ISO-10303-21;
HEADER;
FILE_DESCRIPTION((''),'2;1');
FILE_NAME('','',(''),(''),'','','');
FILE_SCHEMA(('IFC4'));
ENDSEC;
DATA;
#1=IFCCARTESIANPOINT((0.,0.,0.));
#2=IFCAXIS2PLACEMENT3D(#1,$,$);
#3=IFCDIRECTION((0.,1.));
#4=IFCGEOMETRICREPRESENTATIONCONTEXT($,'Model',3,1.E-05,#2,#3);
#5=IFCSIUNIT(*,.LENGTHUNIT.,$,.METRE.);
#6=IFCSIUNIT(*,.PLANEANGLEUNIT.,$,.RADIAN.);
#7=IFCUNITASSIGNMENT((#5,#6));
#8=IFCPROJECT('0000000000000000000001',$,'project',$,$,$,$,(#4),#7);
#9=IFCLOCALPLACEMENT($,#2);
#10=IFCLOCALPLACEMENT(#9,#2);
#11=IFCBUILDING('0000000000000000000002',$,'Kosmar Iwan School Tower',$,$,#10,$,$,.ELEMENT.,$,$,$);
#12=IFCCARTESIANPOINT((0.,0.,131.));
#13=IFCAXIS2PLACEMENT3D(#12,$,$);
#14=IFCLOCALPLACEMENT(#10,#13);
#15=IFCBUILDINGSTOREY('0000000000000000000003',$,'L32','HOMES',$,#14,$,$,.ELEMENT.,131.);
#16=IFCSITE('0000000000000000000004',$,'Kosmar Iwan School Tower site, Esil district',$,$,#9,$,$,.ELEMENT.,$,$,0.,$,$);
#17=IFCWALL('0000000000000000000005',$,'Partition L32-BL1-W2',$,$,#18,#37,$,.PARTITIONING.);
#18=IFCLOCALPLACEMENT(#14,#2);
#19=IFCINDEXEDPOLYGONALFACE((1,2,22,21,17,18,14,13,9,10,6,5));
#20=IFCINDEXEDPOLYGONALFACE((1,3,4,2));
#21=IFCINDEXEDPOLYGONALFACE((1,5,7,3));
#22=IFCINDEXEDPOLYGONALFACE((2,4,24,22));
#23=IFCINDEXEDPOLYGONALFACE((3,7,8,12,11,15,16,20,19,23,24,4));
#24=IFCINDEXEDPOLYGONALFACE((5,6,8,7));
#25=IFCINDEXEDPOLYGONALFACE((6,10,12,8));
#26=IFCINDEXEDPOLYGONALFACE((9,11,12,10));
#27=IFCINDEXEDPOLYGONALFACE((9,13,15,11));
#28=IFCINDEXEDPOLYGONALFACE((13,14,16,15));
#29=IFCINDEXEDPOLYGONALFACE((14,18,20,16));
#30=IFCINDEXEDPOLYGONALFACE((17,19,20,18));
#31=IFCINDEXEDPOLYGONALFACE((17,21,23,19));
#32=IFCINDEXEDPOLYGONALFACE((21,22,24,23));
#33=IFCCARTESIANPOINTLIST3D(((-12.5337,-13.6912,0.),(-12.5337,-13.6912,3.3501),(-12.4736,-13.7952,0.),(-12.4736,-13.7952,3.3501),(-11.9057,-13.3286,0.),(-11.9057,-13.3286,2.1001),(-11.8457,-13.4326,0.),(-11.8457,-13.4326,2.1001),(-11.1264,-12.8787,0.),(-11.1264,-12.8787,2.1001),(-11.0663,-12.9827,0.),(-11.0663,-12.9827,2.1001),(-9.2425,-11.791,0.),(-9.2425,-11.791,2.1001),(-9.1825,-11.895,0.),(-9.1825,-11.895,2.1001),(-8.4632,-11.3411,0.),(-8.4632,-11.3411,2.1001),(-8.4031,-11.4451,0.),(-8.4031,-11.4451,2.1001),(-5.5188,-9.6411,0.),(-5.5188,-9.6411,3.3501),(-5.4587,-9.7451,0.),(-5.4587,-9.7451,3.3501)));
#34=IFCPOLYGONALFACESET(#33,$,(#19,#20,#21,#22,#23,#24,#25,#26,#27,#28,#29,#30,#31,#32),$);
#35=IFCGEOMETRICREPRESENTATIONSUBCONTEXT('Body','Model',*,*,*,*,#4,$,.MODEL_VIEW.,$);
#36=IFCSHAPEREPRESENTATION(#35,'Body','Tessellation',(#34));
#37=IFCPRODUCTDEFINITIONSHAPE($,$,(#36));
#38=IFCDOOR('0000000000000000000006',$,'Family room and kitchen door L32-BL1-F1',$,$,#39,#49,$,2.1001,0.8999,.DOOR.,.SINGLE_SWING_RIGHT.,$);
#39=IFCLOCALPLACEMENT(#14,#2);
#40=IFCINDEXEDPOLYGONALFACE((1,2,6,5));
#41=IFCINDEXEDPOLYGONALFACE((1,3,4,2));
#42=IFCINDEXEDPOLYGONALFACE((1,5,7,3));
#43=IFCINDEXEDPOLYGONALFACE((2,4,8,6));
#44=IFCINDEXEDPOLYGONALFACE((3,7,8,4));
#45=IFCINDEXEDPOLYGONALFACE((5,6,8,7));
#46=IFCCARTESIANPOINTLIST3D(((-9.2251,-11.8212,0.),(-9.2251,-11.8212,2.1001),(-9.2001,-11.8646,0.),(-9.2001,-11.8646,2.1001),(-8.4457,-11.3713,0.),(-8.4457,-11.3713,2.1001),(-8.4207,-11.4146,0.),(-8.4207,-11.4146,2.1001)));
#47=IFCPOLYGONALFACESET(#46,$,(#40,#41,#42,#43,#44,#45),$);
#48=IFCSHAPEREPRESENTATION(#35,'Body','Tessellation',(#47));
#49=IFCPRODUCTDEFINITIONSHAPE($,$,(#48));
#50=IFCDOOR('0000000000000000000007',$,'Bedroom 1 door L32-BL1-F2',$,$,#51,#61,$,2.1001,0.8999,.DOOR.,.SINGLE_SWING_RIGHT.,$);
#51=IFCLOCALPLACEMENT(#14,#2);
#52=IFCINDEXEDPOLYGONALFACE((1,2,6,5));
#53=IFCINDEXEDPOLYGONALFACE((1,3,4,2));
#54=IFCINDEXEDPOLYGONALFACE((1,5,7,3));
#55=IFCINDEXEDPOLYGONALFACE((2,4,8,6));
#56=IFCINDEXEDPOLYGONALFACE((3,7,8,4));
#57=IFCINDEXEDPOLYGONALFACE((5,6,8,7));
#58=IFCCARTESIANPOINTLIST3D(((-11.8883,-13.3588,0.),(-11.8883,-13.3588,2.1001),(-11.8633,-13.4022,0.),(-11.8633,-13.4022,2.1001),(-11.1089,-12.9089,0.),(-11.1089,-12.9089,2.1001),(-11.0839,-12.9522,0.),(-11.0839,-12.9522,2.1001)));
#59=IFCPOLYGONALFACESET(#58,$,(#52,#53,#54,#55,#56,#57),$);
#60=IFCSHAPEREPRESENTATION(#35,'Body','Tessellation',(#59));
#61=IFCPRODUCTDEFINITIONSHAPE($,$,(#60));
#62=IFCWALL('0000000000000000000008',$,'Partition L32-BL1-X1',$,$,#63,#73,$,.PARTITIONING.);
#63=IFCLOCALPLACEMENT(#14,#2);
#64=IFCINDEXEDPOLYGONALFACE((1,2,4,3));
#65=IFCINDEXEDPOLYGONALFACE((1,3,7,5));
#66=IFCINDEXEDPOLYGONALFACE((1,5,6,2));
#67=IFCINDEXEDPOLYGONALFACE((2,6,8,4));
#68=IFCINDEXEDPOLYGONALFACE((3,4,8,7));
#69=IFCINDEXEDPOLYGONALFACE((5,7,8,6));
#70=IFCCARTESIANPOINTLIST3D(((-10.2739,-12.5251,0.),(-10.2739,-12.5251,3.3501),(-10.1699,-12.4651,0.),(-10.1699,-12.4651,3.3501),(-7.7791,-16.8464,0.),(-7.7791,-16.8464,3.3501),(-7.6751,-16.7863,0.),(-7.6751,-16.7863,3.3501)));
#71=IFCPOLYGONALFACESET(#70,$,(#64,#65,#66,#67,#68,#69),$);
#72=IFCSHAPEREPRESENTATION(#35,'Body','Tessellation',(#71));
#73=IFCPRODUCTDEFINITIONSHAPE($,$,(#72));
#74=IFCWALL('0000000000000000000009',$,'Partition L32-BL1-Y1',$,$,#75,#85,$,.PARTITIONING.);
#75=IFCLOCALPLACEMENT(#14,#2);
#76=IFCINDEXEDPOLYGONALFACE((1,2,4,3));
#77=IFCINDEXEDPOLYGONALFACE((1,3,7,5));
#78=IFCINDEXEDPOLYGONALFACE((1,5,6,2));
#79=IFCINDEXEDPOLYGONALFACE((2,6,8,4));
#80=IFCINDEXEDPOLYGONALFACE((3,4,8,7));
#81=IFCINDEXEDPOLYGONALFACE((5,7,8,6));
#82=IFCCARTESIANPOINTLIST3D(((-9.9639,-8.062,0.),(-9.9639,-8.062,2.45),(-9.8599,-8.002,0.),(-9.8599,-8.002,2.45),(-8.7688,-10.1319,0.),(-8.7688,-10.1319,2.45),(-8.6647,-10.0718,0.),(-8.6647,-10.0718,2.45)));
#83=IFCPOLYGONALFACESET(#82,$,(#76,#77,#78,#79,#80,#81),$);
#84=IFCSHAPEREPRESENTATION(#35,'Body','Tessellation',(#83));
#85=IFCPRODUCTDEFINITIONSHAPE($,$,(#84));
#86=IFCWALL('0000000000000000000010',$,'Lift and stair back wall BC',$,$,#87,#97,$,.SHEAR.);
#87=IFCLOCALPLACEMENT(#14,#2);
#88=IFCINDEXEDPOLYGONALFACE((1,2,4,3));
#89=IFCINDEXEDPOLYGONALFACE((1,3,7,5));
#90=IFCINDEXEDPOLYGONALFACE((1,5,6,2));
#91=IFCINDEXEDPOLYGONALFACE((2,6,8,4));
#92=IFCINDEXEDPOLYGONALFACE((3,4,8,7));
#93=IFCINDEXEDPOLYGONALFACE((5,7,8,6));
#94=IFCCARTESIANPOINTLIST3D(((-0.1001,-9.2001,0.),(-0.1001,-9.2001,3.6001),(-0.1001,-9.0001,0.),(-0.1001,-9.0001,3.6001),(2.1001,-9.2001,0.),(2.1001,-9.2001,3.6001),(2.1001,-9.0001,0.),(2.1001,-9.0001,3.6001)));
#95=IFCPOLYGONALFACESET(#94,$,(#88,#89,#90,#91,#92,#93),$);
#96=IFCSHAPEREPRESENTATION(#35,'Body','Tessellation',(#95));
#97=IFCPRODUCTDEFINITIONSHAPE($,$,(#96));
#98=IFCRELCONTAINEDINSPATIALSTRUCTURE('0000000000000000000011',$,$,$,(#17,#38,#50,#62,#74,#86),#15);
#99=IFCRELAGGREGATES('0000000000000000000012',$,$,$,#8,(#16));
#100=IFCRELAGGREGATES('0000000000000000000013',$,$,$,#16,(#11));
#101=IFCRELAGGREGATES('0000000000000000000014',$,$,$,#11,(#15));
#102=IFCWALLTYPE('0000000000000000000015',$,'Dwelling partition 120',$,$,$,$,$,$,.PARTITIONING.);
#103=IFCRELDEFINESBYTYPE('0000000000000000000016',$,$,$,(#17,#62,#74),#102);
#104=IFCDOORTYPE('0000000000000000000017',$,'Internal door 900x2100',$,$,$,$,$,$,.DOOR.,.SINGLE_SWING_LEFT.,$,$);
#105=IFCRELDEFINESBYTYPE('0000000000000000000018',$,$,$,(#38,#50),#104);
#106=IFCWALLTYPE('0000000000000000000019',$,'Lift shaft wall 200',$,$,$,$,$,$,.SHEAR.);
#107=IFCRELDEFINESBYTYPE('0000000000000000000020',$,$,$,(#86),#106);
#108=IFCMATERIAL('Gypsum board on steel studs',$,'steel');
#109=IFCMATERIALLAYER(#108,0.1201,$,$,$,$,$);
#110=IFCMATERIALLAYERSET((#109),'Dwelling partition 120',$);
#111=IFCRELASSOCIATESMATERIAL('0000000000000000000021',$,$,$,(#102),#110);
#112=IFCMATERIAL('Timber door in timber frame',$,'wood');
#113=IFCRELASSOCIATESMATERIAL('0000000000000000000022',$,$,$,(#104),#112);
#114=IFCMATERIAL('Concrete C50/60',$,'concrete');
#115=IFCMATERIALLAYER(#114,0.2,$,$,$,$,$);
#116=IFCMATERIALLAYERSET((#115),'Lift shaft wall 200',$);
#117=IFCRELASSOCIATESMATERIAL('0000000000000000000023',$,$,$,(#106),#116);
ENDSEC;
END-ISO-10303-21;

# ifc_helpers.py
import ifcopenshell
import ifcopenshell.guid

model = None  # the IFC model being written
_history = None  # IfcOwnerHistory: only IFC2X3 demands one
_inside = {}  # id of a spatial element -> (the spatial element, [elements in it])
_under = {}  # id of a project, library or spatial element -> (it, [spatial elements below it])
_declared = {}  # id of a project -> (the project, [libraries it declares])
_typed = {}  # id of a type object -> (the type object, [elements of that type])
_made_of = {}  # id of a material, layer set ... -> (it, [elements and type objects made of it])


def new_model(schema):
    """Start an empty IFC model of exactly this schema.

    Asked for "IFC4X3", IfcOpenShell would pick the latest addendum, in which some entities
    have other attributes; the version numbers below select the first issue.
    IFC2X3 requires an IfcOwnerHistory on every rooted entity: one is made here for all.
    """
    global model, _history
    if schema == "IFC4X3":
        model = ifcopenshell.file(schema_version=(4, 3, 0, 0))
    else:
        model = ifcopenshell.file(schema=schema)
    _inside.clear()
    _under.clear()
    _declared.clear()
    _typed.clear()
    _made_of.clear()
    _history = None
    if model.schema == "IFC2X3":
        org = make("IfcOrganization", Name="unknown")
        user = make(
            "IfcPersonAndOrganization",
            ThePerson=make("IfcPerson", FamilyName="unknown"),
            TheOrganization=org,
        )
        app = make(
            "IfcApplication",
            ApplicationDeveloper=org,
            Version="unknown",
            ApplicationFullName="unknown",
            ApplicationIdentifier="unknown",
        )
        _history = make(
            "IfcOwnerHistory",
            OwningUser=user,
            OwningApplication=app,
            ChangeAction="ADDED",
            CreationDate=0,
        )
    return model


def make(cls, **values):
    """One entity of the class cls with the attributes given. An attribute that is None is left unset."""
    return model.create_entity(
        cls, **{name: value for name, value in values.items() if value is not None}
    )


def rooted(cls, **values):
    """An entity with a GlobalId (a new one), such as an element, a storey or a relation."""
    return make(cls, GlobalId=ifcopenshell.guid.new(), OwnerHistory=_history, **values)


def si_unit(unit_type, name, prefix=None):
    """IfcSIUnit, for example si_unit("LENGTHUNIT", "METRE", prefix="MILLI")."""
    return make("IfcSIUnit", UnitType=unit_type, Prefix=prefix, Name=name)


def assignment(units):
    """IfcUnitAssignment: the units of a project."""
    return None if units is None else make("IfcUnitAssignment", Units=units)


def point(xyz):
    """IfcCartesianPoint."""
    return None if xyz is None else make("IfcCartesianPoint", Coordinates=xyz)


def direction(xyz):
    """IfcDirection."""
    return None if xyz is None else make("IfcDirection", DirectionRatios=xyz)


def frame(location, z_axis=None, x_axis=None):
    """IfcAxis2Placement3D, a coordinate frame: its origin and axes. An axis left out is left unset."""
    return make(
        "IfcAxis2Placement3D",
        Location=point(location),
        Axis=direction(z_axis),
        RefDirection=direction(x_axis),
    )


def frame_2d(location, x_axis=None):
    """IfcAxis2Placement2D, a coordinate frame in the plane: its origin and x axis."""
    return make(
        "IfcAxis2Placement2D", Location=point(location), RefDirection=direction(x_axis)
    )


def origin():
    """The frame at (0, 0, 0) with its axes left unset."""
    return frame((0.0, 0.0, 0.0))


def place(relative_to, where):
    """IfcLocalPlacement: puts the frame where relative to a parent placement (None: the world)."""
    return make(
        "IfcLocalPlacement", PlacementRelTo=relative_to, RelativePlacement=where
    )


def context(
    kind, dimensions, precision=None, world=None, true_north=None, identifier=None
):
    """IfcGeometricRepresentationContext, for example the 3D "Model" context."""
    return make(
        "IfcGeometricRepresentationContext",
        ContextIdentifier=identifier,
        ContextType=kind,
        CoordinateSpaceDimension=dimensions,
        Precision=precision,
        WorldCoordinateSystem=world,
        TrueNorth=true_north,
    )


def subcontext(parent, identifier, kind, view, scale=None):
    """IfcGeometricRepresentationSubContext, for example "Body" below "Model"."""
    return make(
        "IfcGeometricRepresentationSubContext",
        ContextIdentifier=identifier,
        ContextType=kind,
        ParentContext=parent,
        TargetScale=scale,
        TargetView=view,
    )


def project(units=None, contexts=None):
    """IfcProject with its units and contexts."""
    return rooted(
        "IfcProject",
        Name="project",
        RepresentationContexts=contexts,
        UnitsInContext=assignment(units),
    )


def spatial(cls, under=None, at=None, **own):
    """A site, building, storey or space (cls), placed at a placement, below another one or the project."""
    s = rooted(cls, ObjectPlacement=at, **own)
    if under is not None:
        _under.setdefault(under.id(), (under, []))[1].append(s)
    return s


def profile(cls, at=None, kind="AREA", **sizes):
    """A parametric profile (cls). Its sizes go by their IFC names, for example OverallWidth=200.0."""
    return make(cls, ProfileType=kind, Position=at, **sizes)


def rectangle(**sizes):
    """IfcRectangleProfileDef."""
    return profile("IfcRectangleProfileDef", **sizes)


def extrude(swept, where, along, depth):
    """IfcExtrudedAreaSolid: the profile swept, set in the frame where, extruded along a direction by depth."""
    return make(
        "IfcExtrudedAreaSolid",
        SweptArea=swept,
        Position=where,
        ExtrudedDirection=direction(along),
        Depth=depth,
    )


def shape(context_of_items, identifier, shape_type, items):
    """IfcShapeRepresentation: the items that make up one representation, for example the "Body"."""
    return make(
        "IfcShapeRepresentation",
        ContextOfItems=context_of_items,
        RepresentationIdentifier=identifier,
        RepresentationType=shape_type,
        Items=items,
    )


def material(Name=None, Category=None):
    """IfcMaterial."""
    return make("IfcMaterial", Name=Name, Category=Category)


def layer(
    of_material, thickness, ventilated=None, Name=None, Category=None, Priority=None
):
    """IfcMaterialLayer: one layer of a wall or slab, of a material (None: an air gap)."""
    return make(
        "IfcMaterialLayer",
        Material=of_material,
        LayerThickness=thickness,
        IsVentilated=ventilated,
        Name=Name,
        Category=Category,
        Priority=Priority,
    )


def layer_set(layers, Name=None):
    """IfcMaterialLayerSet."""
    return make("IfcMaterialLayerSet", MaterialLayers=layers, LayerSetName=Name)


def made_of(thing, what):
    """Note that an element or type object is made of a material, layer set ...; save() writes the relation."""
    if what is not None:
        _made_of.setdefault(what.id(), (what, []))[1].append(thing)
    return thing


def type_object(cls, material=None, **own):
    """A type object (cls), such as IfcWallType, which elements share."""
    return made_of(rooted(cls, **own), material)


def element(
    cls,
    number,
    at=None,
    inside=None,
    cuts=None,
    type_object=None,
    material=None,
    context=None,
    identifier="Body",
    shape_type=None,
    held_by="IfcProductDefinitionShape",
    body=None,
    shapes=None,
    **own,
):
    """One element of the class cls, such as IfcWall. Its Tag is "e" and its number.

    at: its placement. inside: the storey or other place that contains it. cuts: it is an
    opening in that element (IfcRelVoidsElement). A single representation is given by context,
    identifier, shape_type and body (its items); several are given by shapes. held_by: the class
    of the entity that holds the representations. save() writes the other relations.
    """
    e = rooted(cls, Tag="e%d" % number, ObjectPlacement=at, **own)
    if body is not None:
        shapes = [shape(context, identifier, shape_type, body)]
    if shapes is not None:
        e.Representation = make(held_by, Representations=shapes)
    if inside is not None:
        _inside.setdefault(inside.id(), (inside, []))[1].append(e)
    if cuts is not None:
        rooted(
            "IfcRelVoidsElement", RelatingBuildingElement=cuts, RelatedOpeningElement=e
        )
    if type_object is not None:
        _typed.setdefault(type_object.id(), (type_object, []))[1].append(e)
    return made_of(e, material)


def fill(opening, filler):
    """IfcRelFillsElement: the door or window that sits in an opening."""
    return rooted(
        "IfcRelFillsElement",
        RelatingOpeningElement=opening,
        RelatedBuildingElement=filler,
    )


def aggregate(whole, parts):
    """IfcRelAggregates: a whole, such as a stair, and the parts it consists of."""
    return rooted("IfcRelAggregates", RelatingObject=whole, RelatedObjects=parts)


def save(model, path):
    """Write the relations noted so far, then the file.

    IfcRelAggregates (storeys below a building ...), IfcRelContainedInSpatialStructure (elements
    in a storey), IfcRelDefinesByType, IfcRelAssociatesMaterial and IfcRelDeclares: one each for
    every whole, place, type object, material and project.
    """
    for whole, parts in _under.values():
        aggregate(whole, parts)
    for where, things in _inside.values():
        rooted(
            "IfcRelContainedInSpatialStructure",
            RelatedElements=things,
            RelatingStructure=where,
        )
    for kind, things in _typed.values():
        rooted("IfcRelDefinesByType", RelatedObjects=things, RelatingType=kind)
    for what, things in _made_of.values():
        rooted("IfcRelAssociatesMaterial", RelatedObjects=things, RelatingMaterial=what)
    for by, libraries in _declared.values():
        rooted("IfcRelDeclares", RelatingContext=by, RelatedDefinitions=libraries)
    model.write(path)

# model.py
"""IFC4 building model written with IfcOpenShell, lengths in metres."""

from ifc_helpers import new_model, si_unit, direction, frame, frame_2d, origin, place, context, subcontext, project, spatial, rectangle, extrude, material, layer, layer_set, type_object, element, fill, save


model = new_model("IFC4")

# Units and contexts
model_context = context("Model", 3, precision=1e-05, world=origin(), true_north=direction((0.0, 1.0)))
body_context = subcontext(model_context, "Body", "Model", "MODEL_VIEW")
ifc_project = project(units=[si_unit("LENGTHUNIT", "METRE"), si_unit("PLANEANGLEUNIT", "RADIAN")], contexts=[model_context])

# Site, building, storey
site_placement = place(None, origin())
site = spatial("IfcSite", under=ifc_project, at=site_placement, Name="Kosmar Iwan School Tower site, Esil district", CompositionType="ELEMENT", RefElevation=0.0)
building_placement = place(site_placement, origin())
building = spatial("IfcBuilding", under=site, at=building_placement, Name="Kosmar Iwan School Tower", CompositionType="ELEMENT")
storey_placement = place(building_placement, frame((0.0, 0.0, 131.0)))
storey = spatial("IfcBuildingStorey", under=building, at=storey_placement, Name="L32", Description="HOMES", CompositionType="ELEMENT", Elevation=131.0)

# Wall, openings, doors
ifc_material_1 = material(Name="Gypsum board on steel studs", Category="steel")
ifc_layer_1 = layer(ifc_material_1, 0.1201)
ifc_layer_set_1 = layer_set([ifc_layer_1], Name="Dwelling partition 120")
wall_type_1 = type_object("IfcWallType", Name="Dwelling partition 120", PredefinedType="PARTITIONING", material=ifc_layer_set_1)
ifc_material_2 = material(Name="Timber door in timber frame", Category="wood")
door_type_1 = type_object("IfcDoorType", Name="Internal door 900x2100", OperationType="SINGLE_SWING_LEFT", PredefinedType="DOOR", material=ifc_material_2)
wall_1_placement = place(storey_placement, frame((-5.4888, -9.6931, 0.0), z_axis=(0.0, 0.0, 1.0), x_axis=(-0.866025, -0.5, 0.0)))
wall_1 = element("IfcWall", 1, at=wall_1_placement, inside=storey, type_object=wall_type_1, Name="Partition L32-BL1-W2", PredefinedType="PARTITIONING", context=body_context, shape_type="SweptSolid", body=[
    extrude(rectangle(XDim=8.1001, YDim=0.1201, at=frame_2d((4.05, 0.0))), origin(), (0.0, 0.0, 1.0), 3.3501),
])
opening_1_placement = place(wall_1_placement, frame((3.3999, 0.0, 0.0)))
opening_1 = element("IfcOpeningElement", 2, at=opening_1_placement, cuts=wall_1, PredefinedType="OPENING", context=body_context, shape_type="SweptSolid", body=[
    extrude(rectangle(XDim=0.8999, YDim=2.1001, at=frame_2d((0.45, 1.05))), frame((0.0, 0.072, 0.0), z_axis=(0.0, -1.0, 0.0), x_axis=(1.0, 0.0, 0.0)), (0.0, 0.0, 1.0), 0.144),
])
opening_2_placement = place(wall_1_placement, frame((6.4751, 0.0, 0.0)))
opening_2 = element("IfcOpeningElement", 3, at=opening_2_placement, cuts=wall_1, PredefinedType="OPENING", context=body_context, shape_type="SweptSolid", body=[
    extrude(rectangle(XDim=0.8999, YDim=2.1001, at=frame_2d((0.45, 1.05))), frame((0.0, 0.072, 0.0), z_axis=(0.0, -1.0, 0.0), x_axis=(1.0, 0.0, 0.0)), (0.0, 0.0, 1.0), 0.144),
])
door_1_placement = place(opening_1_placement, origin())
door_1 = element("IfcDoor", 4, at=door_1_placement, inside=storey, type_object=door_type_1, Name="Family room and kitchen door L32-BL1-F1", OperationType="SINGLE_SWING_RIGHT", OverallHeight=2.1001, OverallWidth=0.8999, PredefinedType="DOOR", context=body_context, shape_type="SweptSolid", body=[
    extrude(rectangle(XDim=0.8999, YDim=2.1001, at=frame_2d((0.45, 1.05))), frame((0.0, 0.0249, 0.0), z_axis=(0.0, -1.0, 0.0), x_axis=(1.0, 0.0, 0.0)), (0.0, 0.0, 1.0), 0.05),
])
fill(opening_1, door_1)
door_2_placement = place(opening_2_placement, origin())
door_2 = element("IfcDoor", 5, at=door_2_placement, inside=storey, type_object=door_type_1, Name="Bedroom 1 door L32-BL1-F2", OperationType="SINGLE_SWING_RIGHT", OverallHeight=2.1001, OverallWidth=0.8999, PredefinedType="DOOR", context=body_context, shape_type="SweptSolid", body=[
    extrude(rectangle(XDim=0.8999, YDim=2.1001, at=frame_2d((0.45, 1.05))), frame((0.0, 0.0249, 0.0), z_axis=(0.0, -1.0, 0.0), x_axis=(1.0, 0.0, 0.0)), (0.0, 0.0, 1.0), 0.05),
])
fill(opening_2, door_2)

# Walls
wall_2_placement = place(storey_placement, frame((-10.2219, -12.4951, 0.0), z_axis=(0.0, 0.0, 1.0), x_axis=(0.499996, -0.866028, 0.0)))
element("IfcWall", 6, at=wall_2_placement, inside=storey, type_object=wall_type_1, Name="Partition L32-BL1-X1", PredefinedType="PARTITIONING", context=body_context, shape_type="SweptSolid", body=[
    extrude(rectangle(XDim=4.9897, YDim=0.1201, at=frame_2d((2.4949, 0.0))), origin(), (0.0, 0.0, 1.0), 3.3501),
])
wall_3_placement = place(storey_placement, frame((-9.9119, -8.032, 0.0), z_axis=(0.0, 0.0, 1.0), x_axis=(0.500017, -0.866015, 0.0)))
element("IfcWall", 7, at=wall_3_placement, inside=storey, type_object=wall_type_1, Name="Partition L32-BL1-Y1", PredefinedType="PARTITIONING", context=body_context, shape_type="SweptSolid", body=[
    extrude(rectangle(XDim=2.3901, YDim=0.1201, at=frame_2d((1.1951, 0.0))), origin(), (0.0, 0.0, 1.0), 2.45),
])
ifc_material_3 = material(Name="Concrete C50/60", Category="concrete")
ifc_layer_2 = layer(ifc_material_3, 0.2)
ifc_layer_set_2 = layer_set([ifc_layer_2], Name="Lift shaft wall 200")
wall_type_2 = type_object("IfcWallType", Name="Lift shaft wall 200", PredefinedType="SHEAR", material=ifc_layer_set_2)
wall_4_placement = place(storey_placement, frame((-0.1001, -9.1001, 0.0), z_axis=(0.0, 0.0, 1.0), x_axis=(1.0, 0.0, 0.0)))
element("IfcWall", 8, at=wall_4_placement, inside=storey, type_object=wall_type_2, Name="Lift and stair back wall BC", PredefinedType="SHEAR", context=body_context, shape_type="SweptSolid", body=[
    extrude(rectangle(XDim=2.2002, YDim=0.2, at=frame_2d((1.1001, 0.0))), origin(), (0.0, 0.0, 1.0), 3.6001),
])

save(model, "model.ifc")
